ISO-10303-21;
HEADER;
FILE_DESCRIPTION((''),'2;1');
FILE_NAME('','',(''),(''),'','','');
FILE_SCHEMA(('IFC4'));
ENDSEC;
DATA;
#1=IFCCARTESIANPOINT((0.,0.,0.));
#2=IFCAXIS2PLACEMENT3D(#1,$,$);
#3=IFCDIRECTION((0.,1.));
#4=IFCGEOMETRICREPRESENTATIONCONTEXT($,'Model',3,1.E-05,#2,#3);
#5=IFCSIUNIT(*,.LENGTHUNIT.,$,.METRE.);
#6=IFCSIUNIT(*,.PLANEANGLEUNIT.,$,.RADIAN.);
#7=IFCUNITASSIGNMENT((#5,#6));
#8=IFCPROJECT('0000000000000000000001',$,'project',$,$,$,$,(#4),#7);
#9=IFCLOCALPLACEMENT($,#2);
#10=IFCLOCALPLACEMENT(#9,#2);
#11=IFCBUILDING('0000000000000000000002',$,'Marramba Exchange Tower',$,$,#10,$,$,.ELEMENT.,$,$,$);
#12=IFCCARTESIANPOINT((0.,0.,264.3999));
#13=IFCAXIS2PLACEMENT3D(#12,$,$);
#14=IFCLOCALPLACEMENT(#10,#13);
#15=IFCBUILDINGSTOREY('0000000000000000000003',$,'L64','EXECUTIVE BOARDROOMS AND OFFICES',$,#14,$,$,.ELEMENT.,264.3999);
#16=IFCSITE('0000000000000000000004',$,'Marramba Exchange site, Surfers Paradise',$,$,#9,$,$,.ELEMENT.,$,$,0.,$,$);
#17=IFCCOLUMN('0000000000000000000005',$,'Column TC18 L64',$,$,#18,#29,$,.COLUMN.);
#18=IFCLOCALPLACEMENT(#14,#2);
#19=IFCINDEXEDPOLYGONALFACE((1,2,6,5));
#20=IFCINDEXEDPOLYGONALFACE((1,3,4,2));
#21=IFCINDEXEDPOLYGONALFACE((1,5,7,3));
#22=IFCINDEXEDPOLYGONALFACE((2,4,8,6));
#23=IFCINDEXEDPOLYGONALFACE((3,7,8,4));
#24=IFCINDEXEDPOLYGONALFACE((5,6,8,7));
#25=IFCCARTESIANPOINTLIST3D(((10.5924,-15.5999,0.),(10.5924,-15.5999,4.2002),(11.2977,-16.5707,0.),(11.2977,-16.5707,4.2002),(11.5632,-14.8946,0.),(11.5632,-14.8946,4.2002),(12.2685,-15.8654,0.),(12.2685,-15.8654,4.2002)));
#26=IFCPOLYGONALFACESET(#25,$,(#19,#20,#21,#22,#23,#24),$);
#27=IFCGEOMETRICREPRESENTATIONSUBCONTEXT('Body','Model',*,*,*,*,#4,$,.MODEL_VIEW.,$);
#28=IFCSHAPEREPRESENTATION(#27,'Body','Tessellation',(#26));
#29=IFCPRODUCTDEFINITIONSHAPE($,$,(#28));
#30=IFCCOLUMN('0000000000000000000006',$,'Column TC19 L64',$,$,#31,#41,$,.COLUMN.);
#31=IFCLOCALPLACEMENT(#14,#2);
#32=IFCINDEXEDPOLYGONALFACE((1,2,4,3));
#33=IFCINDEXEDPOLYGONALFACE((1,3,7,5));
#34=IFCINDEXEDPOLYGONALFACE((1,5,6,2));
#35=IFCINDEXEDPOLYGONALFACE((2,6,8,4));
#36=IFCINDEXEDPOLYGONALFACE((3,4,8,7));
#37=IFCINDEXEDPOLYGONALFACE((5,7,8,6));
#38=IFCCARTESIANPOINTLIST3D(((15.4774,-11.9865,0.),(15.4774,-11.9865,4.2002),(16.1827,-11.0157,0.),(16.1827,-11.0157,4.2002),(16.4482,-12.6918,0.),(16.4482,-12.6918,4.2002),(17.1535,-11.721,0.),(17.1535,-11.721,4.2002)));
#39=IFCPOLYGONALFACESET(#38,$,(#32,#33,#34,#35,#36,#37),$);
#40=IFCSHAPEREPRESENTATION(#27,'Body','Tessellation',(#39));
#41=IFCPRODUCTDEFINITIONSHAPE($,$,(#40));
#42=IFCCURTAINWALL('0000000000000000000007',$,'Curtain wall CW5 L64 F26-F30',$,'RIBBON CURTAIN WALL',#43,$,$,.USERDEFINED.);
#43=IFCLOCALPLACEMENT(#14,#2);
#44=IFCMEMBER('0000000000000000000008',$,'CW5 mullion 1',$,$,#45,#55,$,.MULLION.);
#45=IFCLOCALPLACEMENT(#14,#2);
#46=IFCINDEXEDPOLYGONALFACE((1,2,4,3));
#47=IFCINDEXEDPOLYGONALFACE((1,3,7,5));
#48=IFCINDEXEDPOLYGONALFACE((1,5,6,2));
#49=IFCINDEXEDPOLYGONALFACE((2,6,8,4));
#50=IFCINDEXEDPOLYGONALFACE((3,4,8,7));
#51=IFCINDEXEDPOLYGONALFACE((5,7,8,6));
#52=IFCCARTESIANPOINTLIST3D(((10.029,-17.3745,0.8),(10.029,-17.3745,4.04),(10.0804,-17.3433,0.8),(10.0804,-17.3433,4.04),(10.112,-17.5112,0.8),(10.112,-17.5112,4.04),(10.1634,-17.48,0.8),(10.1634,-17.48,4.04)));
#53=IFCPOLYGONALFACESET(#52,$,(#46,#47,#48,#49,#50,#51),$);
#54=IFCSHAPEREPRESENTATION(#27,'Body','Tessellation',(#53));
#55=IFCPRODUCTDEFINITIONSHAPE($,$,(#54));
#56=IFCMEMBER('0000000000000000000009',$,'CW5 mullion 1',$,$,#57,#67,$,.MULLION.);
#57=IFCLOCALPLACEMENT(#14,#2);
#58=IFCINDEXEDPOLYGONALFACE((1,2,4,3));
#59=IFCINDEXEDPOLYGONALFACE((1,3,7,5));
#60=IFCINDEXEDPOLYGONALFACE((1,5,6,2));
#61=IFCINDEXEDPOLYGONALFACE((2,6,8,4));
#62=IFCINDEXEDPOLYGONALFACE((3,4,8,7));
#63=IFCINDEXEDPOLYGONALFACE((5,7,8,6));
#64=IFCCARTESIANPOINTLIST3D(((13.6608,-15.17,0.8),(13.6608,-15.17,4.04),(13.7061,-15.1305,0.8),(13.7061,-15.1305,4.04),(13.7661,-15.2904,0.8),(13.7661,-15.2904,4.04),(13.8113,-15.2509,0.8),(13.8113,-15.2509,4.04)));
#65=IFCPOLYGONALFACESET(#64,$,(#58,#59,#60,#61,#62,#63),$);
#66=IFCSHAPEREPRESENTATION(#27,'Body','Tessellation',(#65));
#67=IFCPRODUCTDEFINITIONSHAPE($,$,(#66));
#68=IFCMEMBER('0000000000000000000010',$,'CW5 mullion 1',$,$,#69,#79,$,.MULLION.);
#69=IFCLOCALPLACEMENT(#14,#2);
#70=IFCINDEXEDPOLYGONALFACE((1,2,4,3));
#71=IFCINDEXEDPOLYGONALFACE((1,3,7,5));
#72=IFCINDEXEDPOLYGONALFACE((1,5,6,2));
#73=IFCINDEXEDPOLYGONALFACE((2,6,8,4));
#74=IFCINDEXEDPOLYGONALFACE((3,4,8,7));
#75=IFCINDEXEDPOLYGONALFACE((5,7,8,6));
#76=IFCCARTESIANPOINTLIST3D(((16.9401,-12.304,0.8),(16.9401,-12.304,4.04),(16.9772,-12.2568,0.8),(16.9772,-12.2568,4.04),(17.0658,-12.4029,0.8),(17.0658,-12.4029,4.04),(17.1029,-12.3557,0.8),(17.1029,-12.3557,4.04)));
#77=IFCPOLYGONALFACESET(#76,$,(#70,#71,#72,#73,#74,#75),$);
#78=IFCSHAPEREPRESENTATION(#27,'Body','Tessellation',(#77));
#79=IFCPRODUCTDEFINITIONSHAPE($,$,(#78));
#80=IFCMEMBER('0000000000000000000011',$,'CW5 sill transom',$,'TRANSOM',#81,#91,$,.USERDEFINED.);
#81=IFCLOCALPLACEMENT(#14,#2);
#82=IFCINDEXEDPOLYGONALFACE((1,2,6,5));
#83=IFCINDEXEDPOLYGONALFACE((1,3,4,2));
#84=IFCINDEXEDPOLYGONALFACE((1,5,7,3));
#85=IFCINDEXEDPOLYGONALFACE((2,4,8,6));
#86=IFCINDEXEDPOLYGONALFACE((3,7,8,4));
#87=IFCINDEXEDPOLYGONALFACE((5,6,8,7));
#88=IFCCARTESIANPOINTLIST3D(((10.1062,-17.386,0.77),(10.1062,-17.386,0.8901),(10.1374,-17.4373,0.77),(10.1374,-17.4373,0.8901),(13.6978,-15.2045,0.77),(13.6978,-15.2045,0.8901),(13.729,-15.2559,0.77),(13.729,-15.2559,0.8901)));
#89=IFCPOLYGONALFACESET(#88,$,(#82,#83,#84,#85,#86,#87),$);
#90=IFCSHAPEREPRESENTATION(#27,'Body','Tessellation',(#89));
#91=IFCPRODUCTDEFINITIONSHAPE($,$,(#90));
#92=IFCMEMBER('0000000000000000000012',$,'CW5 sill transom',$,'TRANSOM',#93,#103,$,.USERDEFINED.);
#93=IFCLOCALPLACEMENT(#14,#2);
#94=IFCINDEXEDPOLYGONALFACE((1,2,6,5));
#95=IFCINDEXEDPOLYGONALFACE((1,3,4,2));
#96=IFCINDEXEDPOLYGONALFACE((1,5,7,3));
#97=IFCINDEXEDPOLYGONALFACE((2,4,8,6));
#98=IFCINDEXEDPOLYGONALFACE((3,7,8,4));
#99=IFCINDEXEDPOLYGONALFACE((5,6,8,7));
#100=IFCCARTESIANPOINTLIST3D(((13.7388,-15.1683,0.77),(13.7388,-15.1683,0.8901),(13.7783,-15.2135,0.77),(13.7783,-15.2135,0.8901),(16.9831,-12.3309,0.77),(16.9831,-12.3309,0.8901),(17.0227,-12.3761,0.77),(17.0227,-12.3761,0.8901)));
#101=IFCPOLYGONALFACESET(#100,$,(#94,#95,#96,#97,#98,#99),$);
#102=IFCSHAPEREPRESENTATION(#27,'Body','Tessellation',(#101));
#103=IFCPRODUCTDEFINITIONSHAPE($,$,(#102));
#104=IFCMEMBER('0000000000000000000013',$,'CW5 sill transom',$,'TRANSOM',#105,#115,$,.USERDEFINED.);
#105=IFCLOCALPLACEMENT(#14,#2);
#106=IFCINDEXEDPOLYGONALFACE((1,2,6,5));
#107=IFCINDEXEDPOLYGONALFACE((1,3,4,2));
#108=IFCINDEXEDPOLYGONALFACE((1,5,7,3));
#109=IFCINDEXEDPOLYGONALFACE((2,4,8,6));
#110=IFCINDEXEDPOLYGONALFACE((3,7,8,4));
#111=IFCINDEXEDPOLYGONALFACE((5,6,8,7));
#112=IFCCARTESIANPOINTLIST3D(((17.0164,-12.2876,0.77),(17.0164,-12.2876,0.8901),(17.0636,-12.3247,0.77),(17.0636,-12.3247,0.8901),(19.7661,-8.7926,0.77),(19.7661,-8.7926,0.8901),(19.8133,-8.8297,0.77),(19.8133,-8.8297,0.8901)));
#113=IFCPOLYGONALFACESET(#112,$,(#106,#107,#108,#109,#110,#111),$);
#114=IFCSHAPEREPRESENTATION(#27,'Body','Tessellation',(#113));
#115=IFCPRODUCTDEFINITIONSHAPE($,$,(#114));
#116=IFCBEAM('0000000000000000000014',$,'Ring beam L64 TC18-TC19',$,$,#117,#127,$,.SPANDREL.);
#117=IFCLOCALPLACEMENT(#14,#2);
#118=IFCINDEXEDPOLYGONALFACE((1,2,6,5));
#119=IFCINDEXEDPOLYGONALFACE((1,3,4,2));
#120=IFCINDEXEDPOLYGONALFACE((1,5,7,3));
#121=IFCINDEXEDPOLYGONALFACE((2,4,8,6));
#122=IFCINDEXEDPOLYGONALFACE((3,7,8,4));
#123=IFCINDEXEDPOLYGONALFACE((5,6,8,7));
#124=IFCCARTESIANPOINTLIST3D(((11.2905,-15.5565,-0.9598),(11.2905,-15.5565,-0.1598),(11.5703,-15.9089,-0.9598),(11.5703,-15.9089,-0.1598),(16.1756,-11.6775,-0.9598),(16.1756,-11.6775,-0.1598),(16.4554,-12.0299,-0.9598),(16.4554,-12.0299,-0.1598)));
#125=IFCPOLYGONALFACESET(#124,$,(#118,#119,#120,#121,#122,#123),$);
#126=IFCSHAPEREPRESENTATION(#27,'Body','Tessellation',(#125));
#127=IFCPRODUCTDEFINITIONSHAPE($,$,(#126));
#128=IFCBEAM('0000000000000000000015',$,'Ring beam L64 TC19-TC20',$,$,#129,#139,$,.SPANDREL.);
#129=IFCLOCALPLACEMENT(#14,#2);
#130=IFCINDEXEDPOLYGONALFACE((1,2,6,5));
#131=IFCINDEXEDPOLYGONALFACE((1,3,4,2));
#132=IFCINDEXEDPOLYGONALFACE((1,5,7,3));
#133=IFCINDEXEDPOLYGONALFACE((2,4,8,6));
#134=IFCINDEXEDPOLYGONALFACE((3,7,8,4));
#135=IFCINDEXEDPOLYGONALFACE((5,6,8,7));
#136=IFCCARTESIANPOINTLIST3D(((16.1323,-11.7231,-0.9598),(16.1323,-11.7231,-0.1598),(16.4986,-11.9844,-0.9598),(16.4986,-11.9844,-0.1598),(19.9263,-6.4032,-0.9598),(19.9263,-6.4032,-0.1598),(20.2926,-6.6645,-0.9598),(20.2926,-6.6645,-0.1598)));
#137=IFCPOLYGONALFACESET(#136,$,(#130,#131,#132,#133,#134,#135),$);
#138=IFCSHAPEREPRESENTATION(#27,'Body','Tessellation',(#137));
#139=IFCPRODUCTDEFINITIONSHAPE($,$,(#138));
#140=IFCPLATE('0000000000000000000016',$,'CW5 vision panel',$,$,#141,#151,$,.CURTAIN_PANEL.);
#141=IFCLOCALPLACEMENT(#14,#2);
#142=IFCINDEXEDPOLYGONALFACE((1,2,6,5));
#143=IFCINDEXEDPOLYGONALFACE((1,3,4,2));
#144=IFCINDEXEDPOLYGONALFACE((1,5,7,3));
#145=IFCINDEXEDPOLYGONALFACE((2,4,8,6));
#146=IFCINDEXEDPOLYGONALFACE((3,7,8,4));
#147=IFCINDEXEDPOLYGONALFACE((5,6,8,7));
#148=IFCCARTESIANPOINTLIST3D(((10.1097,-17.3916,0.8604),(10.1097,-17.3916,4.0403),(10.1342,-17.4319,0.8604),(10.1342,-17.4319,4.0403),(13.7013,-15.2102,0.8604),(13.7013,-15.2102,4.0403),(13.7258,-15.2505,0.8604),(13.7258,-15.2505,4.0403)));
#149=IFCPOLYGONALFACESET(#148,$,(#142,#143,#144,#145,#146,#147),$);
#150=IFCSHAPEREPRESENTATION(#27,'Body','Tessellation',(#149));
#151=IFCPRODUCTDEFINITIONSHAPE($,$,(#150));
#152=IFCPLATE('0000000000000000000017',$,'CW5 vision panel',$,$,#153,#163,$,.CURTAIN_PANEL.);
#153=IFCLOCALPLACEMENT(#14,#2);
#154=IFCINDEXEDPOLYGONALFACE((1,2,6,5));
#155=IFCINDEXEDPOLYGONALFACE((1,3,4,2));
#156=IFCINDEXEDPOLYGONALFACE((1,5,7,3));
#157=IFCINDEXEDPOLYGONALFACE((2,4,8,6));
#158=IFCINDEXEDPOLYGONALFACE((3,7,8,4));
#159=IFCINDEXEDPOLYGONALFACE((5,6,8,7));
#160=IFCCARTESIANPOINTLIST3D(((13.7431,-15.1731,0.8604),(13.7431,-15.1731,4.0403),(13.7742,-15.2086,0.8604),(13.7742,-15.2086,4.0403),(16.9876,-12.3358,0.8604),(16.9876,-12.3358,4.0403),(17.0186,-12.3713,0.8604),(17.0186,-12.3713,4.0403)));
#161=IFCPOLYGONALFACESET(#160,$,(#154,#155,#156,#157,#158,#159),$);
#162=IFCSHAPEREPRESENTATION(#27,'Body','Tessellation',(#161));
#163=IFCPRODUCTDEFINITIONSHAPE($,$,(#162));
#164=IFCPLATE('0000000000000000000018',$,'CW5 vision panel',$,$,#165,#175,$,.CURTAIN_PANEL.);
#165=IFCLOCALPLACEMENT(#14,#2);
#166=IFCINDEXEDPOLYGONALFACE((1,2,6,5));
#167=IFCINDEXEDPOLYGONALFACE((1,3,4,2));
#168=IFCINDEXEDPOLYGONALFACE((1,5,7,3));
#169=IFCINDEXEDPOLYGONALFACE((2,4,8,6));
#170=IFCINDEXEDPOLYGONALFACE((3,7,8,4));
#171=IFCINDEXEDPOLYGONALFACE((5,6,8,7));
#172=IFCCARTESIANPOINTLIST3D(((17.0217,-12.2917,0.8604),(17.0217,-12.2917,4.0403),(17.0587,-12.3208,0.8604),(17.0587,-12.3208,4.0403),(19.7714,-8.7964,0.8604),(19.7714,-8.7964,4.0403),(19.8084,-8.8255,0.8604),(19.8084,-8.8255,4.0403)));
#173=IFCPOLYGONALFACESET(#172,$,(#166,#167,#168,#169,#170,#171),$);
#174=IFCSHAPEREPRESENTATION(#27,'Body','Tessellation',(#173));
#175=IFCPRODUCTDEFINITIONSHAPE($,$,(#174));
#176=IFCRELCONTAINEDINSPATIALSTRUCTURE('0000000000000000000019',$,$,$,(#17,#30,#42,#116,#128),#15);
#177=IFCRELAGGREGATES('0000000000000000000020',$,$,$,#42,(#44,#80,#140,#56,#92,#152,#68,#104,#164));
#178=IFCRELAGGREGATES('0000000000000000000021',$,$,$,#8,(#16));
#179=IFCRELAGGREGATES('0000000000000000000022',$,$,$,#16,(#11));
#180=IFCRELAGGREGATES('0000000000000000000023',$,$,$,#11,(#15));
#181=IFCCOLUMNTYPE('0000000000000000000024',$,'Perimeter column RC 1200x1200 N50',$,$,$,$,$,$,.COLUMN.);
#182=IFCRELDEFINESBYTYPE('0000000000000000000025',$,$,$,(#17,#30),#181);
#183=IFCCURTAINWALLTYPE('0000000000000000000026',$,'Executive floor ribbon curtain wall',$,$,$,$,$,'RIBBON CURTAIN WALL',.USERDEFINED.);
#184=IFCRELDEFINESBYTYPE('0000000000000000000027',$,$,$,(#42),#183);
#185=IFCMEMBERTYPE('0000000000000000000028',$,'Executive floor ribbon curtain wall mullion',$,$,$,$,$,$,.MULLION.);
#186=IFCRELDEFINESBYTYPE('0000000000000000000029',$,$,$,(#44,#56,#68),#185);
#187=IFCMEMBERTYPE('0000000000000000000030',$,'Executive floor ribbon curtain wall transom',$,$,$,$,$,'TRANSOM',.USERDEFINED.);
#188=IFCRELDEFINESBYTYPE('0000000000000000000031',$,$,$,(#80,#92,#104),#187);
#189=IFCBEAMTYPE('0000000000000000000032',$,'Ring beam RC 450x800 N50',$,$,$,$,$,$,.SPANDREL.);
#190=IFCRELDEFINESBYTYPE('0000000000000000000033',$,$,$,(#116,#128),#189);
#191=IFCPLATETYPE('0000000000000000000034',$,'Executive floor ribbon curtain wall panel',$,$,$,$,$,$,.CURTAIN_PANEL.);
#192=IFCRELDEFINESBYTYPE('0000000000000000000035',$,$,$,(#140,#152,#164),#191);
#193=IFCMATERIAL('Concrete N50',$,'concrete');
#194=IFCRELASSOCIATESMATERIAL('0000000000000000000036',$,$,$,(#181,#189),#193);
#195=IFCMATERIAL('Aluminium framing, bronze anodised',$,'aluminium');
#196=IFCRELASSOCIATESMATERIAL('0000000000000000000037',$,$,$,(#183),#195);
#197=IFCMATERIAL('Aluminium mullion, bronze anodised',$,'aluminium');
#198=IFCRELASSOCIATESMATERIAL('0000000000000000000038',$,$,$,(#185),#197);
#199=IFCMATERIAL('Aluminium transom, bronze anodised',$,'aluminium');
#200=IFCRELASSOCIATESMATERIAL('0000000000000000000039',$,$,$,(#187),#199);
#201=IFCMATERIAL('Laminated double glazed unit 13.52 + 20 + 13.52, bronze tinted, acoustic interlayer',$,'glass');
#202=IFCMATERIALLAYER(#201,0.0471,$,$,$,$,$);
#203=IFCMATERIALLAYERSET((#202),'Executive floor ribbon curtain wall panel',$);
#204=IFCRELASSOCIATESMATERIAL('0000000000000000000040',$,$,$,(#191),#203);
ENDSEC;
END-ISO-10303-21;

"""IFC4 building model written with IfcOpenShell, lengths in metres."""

from ifc_helpers import new_model, si_unit, direction, frame, origin, origin_2d, place, context, subcontext, project, spatial, rectangle, extrude, material, layer, layer_set, material_profile, profile_set, type_object, element, aggregate, save


model = new_model("IFC4")

# Units and contexts
model_context = context("Model", 3, precision=1e-05, world=origin(), true_north=direction((0.0, 1.0)))
body_context = subcontext(model_context, "Body", "Model", "MODEL_VIEW")
ifc_project = project(units=[si_unit("LENGTHUNIT", "METRE"), si_unit("PLANEANGLEUNIT", "RADIAN")], contexts=[model_context])

# Site, building, storey
site_placement = place(None, origin())
site = spatial("IfcSite", under=ifc_project, at=site_placement, Name="Marramba Exchange site, Surfers Paradise", CompositionType="ELEMENT", RefElevation=0.0)
building_placement = place(site_placement, origin())
building = spatial("IfcBuilding", under=site, at=building_placement, Name="Marramba Exchange Tower", CompositionType="ELEMENT")
storey_placement = place(building_placement, frame((0.0, 0.0, 264.3999)))
storey = spatial("IfcBuildingStorey", under=building, at=storey_placement, Name="L64", Description="EXECUTIVE BOARDROOMS AND OFFICES", CompositionType="ELEMENT", Elevation=264.3999)

# Columns
ifc_material_1 = material(Name="Concrete N50", Category="concrete")
ifc_material_profile_1 = material_profile(ifc_material_1, rectangle(XDim=1.2, YDim=1.2, at=origin_2d()), Name="RC 1200x1200")
ifc_profile_set_1 = profile_set([ifc_material_profile_1], Name="Concrete N50")
column_type = type_object("IfcColumnType", Name="Perimeter column RC 1200x1200 N50", PredefinedType="COLUMN", material=ifc_profile_set_1)
for number, where, z_axis, x_axis, name in (
    (1, (11.4304, -15.7327, 0.0), (0.0, 0.0, 1.0), (0.587785, -0.809017, 0.0), "Column TC18 L64"),
    (2, (16.3154, -11.8538, 0.0), (0.0, 0.0, 1.0), (0.809017, -0.587785, 0.0), "Column TC19 L64"),
):
    element("IfcColumn", number, at=place(storey_placement, frame(where, z_axis=z_axis, x_axis=x_axis)), inside=storey, type_object=column_type, Name=name, PredefinedType="COLUMN", context=body_context, shape_type="SweptSolid", body=[
        extrude(rectangle(XDim=1.2, YDim=1.2, at=origin_2d()), origin(), (0.0, 0.0, 1.0), 4.2002),
    ])

# Curtain wall, members
ifc_material_2 = material(Name="Aluminium framing, bronze anodised", Category="aluminium")
curtain_wall_type = type_object("IfcCurtainWallType", Name="Executive floor ribbon curtain wall", ElementType="RIBBON CURTAIN WALL", PredefinedType="USERDEFINED", material=ifc_material_2)
curtain_wall_placement = place(storey_placement, origin())
curtain_wall = element("IfcCurtainWall", 3, at=curtain_wall_placement, inside=storey, type_object=curtain_wall_type, Name="Curtain wall CW5 L64 F26-F30", ObjectType="RIBBON CURTAIN WALL", PredefinedType="USERDEFINED")
ifc_material_3 = material(Name="Aluminium mullion, bronze anodised", Category="aluminium")
ifc_material_profile_2 = material_profile(ifc_material_3, rectangle(XDim=0.1599, YDim=0.0601, at=origin_2d()), Name="CW5 mullion 60x160")
ifc_profile_set_2 = profile_set([ifc_material_profile_2], Name="Aluminium mullion, bronze anodised")
member_type_1 = type_object("IfcMemberType", Name="Executive floor ribbon curtain wall mullion", PredefinedType="MULLION", material=ifc_profile_set_2)
member_1_placement = place(storey_placement, frame((10.0962, -17.4272, 0.8), z_axis=(0.0, 0.0, 1.0), x_axis=(-0.519115, 0.854704, 0.0)))
member_1 = element("IfcMember", 4, at=member_1_placement, type_object=member_type_1, Name="CW5 mullion 1", PredefinedType="MULLION", context=body_context, shape_type="SweptSolid", body=[
    extrude(rectangle(XDim=0.1599, YDim=0.0601, at=origin_2d()), origin(), (0.0, 0.0, 1.0), 3.24),
])
member_2_placement = place(storey_placement, frame((13.7361, -15.2104, 0.8), z_axis=(0.0, 0.0, 1.0), x_axis=(-0.658305, 0.752751, 0.0)))
member_2 = element("IfcMember", 5, at=member_2_placement, type_object=member_type_1, Name="CW5 mullion 1", PredefinedType="MULLION", context=body_context, shape_type="SweptSolid", body=[
    extrude(rectangle(XDim=0.1599, YDim=0.0601, at=origin_2d()), origin(), (0.0, 0.0, 1.0), 3.24),
])
member_3_placement = place(storey_placement, frame((17.0215, -12.3298, 0.8), z_axis=(0.0, 0.0, 1.0), x_axis=(-0.78595, 0.618291, 0.0)))
member_3 = element("IfcMember", 6, at=member_3_placement, type_object=member_type_1, Name="CW5 mullion 1", PredefinedType="MULLION", context=body_context, shape_type="SweptSolid", body=[
    extrude(rectangle(XDim=0.1599, YDim=0.0601, at=origin_2d()), origin(), (0.0, 0.0, 1.0), 3.24),
])
ifc_material_4 = material(Name="Aluminium transom, bronze anodised", Category="aluminium")
ifc_material_profile_3 = material_profile(ifc_material_4, rectangle(XDim=0.0601, YDim=0.1201, at=origin_2d()), Name="CW5 transom 60x120")
ifc_profile_set_3 = profile_set([ifc_material_profile_3], Name="Aluminium transom, bronze anodised")
member_type_2 = type_object("IfcMemberType", Name="Executive floor ribbon curtain wall transom", ElementType="TRANSOM", PredefinedType="USERDEFINED", material=ifc_profile_set_3)
member_4_placement = place(storey_placement, frame((10.1218, -17.4116, 0.8301), z_axis=(0.854702, 0.519119, 0.0), x_axis=(-0.519119, 0.854702, 0.0)))
member_4 = element("IfcMember", 7, at=member_4_placement, type_object=member_type_2, Name="CW5 sill transom", ObjectType="TRANSOM", PredefinedType="USERDEFINED", context=body_context, shape_type="SweptSolid", body=[
    extrude(rectangle(XDim=0.0601, YDim=0.1201, at=origin_2d()), origin(), (0.0, 0.0, 1.0), 4.2021),
])
member_5_placement = place(storey_placement, frame((13.7585, -15.1909, 0.8301), z_axis=(0.752742, 0.658316, 0.0), x_axis=(-0.658316, 0.752742, 0.0)))
member_5 = element("IfcMember", 8, at=member_5_placement, type_object=member_type_2, Name="CW5 sill transom", ObjectType="TRANSOM", PredefinedType="USERDEFINED", context=body_context, shape_type="SweptSolid", body=[
    extrude(rectangle(XDim=0.0601, YDim=0.1201, at=origin_2d()), origin(), (0.0, 0.0, 1.0), 4.3101),
])
member_6_placement = place(storey_placement, frame((17.04, -12.3062, 0.8301), z_axis=(0.618321, 0.785926, 0.0), x_axis=(-0.785926, 0.618321, 0.0)))
member_6 = element("IfcMember", 9, at=member_6_placement, type_object=member_type_2, Name="CW5 sill transom", ObjectType="TRANSOM", PredefinedType="USERDEFINED", context=body_context, shape_type="SweptSolid", body=[
    extrude(rectangle(XDim=0.0601, YDim=0.1201, at=origin_2d()), origin(), (0.0, 0.0, 1.0), 4.447),
])

# Beams
ifc_material_profile_4 = material_profile(ifc_material_1, rectangle(XDim=0.45, YDim=0.8, at=origin_2d()), Name="RC 450x800")
ifc_profile_set_4 = profile_set([ifc_material_profile_4], Name="Concrete N50")
beam_type = type_object("IfcBeamType", Name="Ring beam RC 450x800 N50", PredefinedType="SPANDREL", material=ifc_profile_set_4)
beam_1_placement = place(storey_placement, frame((11.4304, -15.7327, -0.5598), z_axis=(0.783139, 0.621846, 0.0), x_axis=(-0.621846, 0.783139, 0.0)))
element("IfcBeam", 10, at=beam_1_placement, inside=storey, type_object=beam_type, Name="Ring beam L64 TC18-TC19", PredefinedType="SPANDREL", context=body_context, shape_type="SweptSolid", body=[
    extrude(rectangle(XDim=0.45, YDim=0.8, at=origin_2d()), origin(), (0.0, 0.0, 1.0), 6.2378),
])
beam_2_placement = place(storey_placement, frame((16.3154, -11.8538, -0.5598), z_axis=(0.580637, 0.814162, 0.0), x_axis=(-0.814162, 0.580637, 0.0)))
element("IfcBeam", 11, at=beam_2_placement, inside=storey, type_object=beam_type, Name="Ring beam L64 TC19-TC20", PredefinedType="SPANDREL", context=body_context, shape_type="SweptSolid", body=[
    extrude(rectangle(XDim=0.45, YDim=0.8, at=origin_2d()), origin(), (0.0, 0.0, 1.0), 6.5342),
])

# Plates
ifc_material_5 = material(Name="Laminated double glazed unit 13.52 + 20 + 13.52, bronze tinted, acoustic interlayer", Category="glass")
ifc_layer_1 = layer(ifc_material_5, 0.0471)
ifc_layer_set_1 = layer_set([ifc_layer_1], Name="Executive floor ribbon curtain wall panel")
plate_type = type_object("IfcPlateType", Name="Executive floor ribbon curtain wall panel", PredefinedType="CURTAIN_PANEL", material=ifc_layer_set_1)
plate_1_placement = place(storey_placement, frame((11.9177, -16.321, 0.8604), z_axis=(0.0, 0.0, 1.0), x_axis=(0.854704, 0.519115, 0.0)))
plate_1 = element("IfcPlate", 12, at=plate_1_placement, type_object=plate_type, Name="CW5 vision panel", PredefinedType="CURTAIN_PANEL", context=body_context, shape_type="SweptSolid", body=[
    extrude(rectangle(XDim=4.2021, YDim=0.0471, at=origin_2d()), origin(), (0.0, 0.0, 1.0), 3.1799),
])
plate_2_placement = place(storey_placement, frame((15.3809, -13.7722, 0.8604), z_axis=(0.0, 0.0, 1.0), x_axis=(0.752751, 0.658305, 0.0)))
plate_2 = element("IfcPlate", 13, at=plate_2_placement, type_object=plate_type, Name="CW5 vision panel", PredefinedType="CURTAIN_PANEL", context=body_context, shape_type="SweptSolid", body=[
    extrude(rectangle(XDim=4.3101, YDim=0.0471, at=origin_2d()), origin(), (0.0, 0.0, 1.0), 3.1799),
])
plate_3_placement = place(storey_placement, frame((18.415, -10.5586, 0.8604), z_axis=(0.0, 0.0, 1.0), x_axis=(0.618291, 0.78595, 0.0)))
plate_3 = element("IfcPlate", 14, at=plate_3_placement, type_object=plate_type, Name="CW5 vision panel", PredefinedType="CURTAIN_PANEL", context=body_context, shape_type="SweptSolid", body=[
    extrude(rectangle(XDim=4.4473, YDim=0.0471, at=origin_2d()), origin(), (0.0, 0.0, 1.0), 3.1799),
])
aggregate(curtain_wall, [member_1, member_4, plate_1, member_2, member_5, plate_2, member_3, member_6, plate_3])

save(model, "model.ifc")
